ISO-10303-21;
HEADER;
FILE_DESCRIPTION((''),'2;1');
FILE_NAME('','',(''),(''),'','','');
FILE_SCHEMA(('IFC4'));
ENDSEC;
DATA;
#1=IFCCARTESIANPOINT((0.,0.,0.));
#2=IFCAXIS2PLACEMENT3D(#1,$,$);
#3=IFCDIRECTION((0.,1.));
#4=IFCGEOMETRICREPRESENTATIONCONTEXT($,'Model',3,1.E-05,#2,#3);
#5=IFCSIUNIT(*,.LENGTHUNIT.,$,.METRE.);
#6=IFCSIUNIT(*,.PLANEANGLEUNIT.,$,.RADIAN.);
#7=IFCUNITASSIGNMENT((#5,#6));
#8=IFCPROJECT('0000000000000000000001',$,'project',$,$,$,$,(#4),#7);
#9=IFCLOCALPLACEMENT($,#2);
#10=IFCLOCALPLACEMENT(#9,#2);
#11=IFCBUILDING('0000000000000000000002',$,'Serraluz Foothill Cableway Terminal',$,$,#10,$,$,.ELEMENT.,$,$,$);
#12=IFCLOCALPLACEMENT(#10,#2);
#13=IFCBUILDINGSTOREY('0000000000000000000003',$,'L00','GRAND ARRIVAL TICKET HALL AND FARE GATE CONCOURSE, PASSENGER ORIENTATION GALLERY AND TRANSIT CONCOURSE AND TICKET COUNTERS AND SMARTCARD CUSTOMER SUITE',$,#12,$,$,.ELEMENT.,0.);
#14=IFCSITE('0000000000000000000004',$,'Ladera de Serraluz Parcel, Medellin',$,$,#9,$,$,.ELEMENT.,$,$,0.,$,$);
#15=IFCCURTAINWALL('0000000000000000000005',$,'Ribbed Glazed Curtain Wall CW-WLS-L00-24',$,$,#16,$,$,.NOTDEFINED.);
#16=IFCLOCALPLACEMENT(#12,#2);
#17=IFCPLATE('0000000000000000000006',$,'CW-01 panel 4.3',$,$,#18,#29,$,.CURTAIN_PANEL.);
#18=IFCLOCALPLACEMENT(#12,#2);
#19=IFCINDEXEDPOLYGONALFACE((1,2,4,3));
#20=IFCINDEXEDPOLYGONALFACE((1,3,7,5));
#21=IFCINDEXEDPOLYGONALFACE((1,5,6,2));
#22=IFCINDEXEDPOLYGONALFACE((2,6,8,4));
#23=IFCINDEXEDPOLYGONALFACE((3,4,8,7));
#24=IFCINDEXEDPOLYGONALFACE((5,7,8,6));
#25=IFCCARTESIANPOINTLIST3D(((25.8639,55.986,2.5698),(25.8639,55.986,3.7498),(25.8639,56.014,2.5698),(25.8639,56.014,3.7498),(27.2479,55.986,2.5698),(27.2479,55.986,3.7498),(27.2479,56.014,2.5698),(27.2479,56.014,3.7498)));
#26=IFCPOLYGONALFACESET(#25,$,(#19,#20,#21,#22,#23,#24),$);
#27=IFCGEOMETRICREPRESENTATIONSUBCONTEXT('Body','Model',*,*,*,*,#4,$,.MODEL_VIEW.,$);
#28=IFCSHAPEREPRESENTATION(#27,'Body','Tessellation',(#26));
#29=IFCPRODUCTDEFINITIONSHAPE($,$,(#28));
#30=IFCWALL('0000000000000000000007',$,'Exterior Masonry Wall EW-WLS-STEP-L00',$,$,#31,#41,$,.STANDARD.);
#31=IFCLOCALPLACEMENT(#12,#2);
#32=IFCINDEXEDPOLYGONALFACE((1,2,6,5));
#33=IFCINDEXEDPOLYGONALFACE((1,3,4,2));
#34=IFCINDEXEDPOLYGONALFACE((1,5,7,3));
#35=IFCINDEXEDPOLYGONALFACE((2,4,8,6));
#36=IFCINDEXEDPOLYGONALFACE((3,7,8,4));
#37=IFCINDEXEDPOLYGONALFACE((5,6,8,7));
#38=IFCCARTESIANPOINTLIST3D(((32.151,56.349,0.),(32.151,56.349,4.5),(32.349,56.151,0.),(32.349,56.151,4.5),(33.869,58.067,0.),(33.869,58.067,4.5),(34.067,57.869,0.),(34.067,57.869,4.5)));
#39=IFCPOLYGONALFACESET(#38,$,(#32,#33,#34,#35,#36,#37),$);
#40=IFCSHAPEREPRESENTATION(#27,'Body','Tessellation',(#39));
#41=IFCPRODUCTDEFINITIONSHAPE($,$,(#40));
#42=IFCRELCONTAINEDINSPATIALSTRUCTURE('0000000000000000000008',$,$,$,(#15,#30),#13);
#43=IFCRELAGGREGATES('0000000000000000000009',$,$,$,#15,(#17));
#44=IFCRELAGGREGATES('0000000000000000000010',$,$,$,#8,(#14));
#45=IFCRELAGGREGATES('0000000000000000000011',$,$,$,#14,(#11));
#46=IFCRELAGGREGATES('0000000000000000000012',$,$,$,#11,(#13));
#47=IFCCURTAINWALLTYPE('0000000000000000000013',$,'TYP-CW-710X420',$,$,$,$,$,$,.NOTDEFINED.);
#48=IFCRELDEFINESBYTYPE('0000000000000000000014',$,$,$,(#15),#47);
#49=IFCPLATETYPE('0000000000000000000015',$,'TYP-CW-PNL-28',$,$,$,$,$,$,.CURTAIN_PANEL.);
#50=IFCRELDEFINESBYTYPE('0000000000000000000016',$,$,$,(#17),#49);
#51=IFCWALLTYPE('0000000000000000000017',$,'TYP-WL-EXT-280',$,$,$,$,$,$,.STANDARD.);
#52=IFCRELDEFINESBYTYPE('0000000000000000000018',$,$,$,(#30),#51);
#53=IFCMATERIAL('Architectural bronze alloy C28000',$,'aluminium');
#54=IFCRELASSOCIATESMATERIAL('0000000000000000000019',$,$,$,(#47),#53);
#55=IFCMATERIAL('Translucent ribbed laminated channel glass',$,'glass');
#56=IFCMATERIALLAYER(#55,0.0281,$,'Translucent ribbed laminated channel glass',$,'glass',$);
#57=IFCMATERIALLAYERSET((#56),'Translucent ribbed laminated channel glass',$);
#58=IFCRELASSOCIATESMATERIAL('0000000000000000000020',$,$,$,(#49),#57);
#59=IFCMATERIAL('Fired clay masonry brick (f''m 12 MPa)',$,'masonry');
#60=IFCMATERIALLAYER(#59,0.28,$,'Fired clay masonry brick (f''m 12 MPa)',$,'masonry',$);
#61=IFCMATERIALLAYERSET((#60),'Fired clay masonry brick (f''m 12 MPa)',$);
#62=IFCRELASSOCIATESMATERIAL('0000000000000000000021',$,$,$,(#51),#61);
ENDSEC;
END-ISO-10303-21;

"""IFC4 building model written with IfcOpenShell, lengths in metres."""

from ifc_helpers import new_model, si_unit, direction, frame, frame_2d, origin, origin_2d, place, context, subcontext, project, spatial, rectangle, extrude, material, layer, layer_set, type_object, element, aggregate, save


model = new_model("IFC4")

# Units and contexts
model_context = context("Model", 3, precision=1e-05, world=origin(), true_north=direction((0.0, 1.0)))
body_context = subcontext(model_context, "Body", "Model", "MODEL_VIEW")
ifc_project = project(units=[si_unit("LENGTHUNIT", "METRE"), si_unit("PLANEANGLEUNIT", "RADIAN")], contexts=[model_context])

# Site, building, storey
site_placement = place(None, origin())
site = spatial("IfcSite", under=ifc_project, at=site_placement, Name="Ladera de Serraluz Parcel, Medellin", CompositionType="ELEMENT", RefElevation=0.0)
building_placement = place(site_placement, origin())
building = spatial("IfcBuilding", under=site, at=building_placement, Name="Serraluz Foothill Cableway Terminal", CompositionType="ELEMENT")
storey_placement = place(building_placement, origin())
storey = spatial("IfcBuildingStorey", under=building, at=storey_placement, Name="L00", Description="GRAND ARRIVAL TICKET HALL AND FARE GATE CONCOURSE, PASSENGER ORIENTATION GALLERY AND TRANSIT CONCOURSE AND TICKET COUNTERS AND SMARTCARD CUSTOMER SUITE", CompositionType="ELEMENT", Elevation=0.0)

# Curtain wall
ifc_material_1 = material(Name="Architectural bronze alloy C28000", Category="aluminium")
curtain_wall_type = type_object("IfcCurtainWallType", Name="TYP-CW-710X420", PredefinedType="NOTDEFINED", material=ifc_material_1)
curtain_wall_placement = place(storey_placement, origin())
curtain_wall = element("IfcCurtainWall", 1, at=curtain_wall_placement, inside=storey, type_object=curtain_wall_type, Name="Ribbed Glazed Curtain Wall CW-WLS-L00-24", PredefinedType="NOTDEFINED")

# Plate
ifc_material_2 = material(Name="Translucent ribbed laminated channel glass", Category="glass")
ifc_layer_1 = layer(ifc_material_2, 0.0281, Name="Translucent ribbed laminated channel glass", Category="glass")
ifc_layer_set_1 = layer_set([ifc_layer_1], Name="Translucent ribbed laminated channel glass")
plate_type = type_object("IfcPlateType", Name="TYP-CW-PNL-28", PredefinedType="CURTAIN_PANEL", material=ifc_layer_set_1)
plate_1_placement = place(storey_placement, frame((26.5559, 56.0, 2.5698), z_axis=(0.0, 0.0, 1.0), x_axis=(-1.0, 0.0, 0.0)))
plate_1 = element("IfcPlate", 2, at=plate_1_placement, type_object=plate_type, Name="CW-01 panel 4.3", PredefinedType="CURTAIN_PANEL", context=body_context, shape_type="SweptSolid", body=[
    extrude(rectangle(XDim=1.384, YDim=0.0281, at=origin_2d()), origin(), (0.0, 0.0, 1.0), 1.1799),
])
aggregate(curtain_wall, [plate_1])

# Wall
ifc_material_3 = material(Name="Fired clay masonry brick (f'm 12 MPa)", Category="masonry")
ifc_layer_2 = layer(ifc_material_3, 0.28, Name="Fired clay masonry brick (f'm 12 MPa)", Category="masonry")
ifc_layer_set_2 = layer_set([ifc_layer_2], Name="Fired clay masonry brick (f'm 12 MPa)")
wall_type = type_object("IfcWallType", Name="TYP-WL-EXT-280", PredefinedType="STANDARD", material=ifc_layer_set_2)
wall_placement = place(storey_placement, frame((33.968, 57.968, 0.0), z_axis=(0.0, 0.0, 1.0), x_axis=(-0.707107, -0.707107, 0.0)))
element("IfcWall", 3, at=wall_placement, inside=storey, type_object=wall_type, Name="Exterior Masonry Wall EW-WLS-STEP-L00", PredefinedType="STANDARD", context=body_context, shape_type="SweptSolid", body=[
    extrude(rectangle(XDim=2.4297, YDim=0.28, at=frame_2d((1.2148, 0.0))), origin(), (0.0, 0.0, 1.0), 4.5),
])

save(model, "model.ifc")
